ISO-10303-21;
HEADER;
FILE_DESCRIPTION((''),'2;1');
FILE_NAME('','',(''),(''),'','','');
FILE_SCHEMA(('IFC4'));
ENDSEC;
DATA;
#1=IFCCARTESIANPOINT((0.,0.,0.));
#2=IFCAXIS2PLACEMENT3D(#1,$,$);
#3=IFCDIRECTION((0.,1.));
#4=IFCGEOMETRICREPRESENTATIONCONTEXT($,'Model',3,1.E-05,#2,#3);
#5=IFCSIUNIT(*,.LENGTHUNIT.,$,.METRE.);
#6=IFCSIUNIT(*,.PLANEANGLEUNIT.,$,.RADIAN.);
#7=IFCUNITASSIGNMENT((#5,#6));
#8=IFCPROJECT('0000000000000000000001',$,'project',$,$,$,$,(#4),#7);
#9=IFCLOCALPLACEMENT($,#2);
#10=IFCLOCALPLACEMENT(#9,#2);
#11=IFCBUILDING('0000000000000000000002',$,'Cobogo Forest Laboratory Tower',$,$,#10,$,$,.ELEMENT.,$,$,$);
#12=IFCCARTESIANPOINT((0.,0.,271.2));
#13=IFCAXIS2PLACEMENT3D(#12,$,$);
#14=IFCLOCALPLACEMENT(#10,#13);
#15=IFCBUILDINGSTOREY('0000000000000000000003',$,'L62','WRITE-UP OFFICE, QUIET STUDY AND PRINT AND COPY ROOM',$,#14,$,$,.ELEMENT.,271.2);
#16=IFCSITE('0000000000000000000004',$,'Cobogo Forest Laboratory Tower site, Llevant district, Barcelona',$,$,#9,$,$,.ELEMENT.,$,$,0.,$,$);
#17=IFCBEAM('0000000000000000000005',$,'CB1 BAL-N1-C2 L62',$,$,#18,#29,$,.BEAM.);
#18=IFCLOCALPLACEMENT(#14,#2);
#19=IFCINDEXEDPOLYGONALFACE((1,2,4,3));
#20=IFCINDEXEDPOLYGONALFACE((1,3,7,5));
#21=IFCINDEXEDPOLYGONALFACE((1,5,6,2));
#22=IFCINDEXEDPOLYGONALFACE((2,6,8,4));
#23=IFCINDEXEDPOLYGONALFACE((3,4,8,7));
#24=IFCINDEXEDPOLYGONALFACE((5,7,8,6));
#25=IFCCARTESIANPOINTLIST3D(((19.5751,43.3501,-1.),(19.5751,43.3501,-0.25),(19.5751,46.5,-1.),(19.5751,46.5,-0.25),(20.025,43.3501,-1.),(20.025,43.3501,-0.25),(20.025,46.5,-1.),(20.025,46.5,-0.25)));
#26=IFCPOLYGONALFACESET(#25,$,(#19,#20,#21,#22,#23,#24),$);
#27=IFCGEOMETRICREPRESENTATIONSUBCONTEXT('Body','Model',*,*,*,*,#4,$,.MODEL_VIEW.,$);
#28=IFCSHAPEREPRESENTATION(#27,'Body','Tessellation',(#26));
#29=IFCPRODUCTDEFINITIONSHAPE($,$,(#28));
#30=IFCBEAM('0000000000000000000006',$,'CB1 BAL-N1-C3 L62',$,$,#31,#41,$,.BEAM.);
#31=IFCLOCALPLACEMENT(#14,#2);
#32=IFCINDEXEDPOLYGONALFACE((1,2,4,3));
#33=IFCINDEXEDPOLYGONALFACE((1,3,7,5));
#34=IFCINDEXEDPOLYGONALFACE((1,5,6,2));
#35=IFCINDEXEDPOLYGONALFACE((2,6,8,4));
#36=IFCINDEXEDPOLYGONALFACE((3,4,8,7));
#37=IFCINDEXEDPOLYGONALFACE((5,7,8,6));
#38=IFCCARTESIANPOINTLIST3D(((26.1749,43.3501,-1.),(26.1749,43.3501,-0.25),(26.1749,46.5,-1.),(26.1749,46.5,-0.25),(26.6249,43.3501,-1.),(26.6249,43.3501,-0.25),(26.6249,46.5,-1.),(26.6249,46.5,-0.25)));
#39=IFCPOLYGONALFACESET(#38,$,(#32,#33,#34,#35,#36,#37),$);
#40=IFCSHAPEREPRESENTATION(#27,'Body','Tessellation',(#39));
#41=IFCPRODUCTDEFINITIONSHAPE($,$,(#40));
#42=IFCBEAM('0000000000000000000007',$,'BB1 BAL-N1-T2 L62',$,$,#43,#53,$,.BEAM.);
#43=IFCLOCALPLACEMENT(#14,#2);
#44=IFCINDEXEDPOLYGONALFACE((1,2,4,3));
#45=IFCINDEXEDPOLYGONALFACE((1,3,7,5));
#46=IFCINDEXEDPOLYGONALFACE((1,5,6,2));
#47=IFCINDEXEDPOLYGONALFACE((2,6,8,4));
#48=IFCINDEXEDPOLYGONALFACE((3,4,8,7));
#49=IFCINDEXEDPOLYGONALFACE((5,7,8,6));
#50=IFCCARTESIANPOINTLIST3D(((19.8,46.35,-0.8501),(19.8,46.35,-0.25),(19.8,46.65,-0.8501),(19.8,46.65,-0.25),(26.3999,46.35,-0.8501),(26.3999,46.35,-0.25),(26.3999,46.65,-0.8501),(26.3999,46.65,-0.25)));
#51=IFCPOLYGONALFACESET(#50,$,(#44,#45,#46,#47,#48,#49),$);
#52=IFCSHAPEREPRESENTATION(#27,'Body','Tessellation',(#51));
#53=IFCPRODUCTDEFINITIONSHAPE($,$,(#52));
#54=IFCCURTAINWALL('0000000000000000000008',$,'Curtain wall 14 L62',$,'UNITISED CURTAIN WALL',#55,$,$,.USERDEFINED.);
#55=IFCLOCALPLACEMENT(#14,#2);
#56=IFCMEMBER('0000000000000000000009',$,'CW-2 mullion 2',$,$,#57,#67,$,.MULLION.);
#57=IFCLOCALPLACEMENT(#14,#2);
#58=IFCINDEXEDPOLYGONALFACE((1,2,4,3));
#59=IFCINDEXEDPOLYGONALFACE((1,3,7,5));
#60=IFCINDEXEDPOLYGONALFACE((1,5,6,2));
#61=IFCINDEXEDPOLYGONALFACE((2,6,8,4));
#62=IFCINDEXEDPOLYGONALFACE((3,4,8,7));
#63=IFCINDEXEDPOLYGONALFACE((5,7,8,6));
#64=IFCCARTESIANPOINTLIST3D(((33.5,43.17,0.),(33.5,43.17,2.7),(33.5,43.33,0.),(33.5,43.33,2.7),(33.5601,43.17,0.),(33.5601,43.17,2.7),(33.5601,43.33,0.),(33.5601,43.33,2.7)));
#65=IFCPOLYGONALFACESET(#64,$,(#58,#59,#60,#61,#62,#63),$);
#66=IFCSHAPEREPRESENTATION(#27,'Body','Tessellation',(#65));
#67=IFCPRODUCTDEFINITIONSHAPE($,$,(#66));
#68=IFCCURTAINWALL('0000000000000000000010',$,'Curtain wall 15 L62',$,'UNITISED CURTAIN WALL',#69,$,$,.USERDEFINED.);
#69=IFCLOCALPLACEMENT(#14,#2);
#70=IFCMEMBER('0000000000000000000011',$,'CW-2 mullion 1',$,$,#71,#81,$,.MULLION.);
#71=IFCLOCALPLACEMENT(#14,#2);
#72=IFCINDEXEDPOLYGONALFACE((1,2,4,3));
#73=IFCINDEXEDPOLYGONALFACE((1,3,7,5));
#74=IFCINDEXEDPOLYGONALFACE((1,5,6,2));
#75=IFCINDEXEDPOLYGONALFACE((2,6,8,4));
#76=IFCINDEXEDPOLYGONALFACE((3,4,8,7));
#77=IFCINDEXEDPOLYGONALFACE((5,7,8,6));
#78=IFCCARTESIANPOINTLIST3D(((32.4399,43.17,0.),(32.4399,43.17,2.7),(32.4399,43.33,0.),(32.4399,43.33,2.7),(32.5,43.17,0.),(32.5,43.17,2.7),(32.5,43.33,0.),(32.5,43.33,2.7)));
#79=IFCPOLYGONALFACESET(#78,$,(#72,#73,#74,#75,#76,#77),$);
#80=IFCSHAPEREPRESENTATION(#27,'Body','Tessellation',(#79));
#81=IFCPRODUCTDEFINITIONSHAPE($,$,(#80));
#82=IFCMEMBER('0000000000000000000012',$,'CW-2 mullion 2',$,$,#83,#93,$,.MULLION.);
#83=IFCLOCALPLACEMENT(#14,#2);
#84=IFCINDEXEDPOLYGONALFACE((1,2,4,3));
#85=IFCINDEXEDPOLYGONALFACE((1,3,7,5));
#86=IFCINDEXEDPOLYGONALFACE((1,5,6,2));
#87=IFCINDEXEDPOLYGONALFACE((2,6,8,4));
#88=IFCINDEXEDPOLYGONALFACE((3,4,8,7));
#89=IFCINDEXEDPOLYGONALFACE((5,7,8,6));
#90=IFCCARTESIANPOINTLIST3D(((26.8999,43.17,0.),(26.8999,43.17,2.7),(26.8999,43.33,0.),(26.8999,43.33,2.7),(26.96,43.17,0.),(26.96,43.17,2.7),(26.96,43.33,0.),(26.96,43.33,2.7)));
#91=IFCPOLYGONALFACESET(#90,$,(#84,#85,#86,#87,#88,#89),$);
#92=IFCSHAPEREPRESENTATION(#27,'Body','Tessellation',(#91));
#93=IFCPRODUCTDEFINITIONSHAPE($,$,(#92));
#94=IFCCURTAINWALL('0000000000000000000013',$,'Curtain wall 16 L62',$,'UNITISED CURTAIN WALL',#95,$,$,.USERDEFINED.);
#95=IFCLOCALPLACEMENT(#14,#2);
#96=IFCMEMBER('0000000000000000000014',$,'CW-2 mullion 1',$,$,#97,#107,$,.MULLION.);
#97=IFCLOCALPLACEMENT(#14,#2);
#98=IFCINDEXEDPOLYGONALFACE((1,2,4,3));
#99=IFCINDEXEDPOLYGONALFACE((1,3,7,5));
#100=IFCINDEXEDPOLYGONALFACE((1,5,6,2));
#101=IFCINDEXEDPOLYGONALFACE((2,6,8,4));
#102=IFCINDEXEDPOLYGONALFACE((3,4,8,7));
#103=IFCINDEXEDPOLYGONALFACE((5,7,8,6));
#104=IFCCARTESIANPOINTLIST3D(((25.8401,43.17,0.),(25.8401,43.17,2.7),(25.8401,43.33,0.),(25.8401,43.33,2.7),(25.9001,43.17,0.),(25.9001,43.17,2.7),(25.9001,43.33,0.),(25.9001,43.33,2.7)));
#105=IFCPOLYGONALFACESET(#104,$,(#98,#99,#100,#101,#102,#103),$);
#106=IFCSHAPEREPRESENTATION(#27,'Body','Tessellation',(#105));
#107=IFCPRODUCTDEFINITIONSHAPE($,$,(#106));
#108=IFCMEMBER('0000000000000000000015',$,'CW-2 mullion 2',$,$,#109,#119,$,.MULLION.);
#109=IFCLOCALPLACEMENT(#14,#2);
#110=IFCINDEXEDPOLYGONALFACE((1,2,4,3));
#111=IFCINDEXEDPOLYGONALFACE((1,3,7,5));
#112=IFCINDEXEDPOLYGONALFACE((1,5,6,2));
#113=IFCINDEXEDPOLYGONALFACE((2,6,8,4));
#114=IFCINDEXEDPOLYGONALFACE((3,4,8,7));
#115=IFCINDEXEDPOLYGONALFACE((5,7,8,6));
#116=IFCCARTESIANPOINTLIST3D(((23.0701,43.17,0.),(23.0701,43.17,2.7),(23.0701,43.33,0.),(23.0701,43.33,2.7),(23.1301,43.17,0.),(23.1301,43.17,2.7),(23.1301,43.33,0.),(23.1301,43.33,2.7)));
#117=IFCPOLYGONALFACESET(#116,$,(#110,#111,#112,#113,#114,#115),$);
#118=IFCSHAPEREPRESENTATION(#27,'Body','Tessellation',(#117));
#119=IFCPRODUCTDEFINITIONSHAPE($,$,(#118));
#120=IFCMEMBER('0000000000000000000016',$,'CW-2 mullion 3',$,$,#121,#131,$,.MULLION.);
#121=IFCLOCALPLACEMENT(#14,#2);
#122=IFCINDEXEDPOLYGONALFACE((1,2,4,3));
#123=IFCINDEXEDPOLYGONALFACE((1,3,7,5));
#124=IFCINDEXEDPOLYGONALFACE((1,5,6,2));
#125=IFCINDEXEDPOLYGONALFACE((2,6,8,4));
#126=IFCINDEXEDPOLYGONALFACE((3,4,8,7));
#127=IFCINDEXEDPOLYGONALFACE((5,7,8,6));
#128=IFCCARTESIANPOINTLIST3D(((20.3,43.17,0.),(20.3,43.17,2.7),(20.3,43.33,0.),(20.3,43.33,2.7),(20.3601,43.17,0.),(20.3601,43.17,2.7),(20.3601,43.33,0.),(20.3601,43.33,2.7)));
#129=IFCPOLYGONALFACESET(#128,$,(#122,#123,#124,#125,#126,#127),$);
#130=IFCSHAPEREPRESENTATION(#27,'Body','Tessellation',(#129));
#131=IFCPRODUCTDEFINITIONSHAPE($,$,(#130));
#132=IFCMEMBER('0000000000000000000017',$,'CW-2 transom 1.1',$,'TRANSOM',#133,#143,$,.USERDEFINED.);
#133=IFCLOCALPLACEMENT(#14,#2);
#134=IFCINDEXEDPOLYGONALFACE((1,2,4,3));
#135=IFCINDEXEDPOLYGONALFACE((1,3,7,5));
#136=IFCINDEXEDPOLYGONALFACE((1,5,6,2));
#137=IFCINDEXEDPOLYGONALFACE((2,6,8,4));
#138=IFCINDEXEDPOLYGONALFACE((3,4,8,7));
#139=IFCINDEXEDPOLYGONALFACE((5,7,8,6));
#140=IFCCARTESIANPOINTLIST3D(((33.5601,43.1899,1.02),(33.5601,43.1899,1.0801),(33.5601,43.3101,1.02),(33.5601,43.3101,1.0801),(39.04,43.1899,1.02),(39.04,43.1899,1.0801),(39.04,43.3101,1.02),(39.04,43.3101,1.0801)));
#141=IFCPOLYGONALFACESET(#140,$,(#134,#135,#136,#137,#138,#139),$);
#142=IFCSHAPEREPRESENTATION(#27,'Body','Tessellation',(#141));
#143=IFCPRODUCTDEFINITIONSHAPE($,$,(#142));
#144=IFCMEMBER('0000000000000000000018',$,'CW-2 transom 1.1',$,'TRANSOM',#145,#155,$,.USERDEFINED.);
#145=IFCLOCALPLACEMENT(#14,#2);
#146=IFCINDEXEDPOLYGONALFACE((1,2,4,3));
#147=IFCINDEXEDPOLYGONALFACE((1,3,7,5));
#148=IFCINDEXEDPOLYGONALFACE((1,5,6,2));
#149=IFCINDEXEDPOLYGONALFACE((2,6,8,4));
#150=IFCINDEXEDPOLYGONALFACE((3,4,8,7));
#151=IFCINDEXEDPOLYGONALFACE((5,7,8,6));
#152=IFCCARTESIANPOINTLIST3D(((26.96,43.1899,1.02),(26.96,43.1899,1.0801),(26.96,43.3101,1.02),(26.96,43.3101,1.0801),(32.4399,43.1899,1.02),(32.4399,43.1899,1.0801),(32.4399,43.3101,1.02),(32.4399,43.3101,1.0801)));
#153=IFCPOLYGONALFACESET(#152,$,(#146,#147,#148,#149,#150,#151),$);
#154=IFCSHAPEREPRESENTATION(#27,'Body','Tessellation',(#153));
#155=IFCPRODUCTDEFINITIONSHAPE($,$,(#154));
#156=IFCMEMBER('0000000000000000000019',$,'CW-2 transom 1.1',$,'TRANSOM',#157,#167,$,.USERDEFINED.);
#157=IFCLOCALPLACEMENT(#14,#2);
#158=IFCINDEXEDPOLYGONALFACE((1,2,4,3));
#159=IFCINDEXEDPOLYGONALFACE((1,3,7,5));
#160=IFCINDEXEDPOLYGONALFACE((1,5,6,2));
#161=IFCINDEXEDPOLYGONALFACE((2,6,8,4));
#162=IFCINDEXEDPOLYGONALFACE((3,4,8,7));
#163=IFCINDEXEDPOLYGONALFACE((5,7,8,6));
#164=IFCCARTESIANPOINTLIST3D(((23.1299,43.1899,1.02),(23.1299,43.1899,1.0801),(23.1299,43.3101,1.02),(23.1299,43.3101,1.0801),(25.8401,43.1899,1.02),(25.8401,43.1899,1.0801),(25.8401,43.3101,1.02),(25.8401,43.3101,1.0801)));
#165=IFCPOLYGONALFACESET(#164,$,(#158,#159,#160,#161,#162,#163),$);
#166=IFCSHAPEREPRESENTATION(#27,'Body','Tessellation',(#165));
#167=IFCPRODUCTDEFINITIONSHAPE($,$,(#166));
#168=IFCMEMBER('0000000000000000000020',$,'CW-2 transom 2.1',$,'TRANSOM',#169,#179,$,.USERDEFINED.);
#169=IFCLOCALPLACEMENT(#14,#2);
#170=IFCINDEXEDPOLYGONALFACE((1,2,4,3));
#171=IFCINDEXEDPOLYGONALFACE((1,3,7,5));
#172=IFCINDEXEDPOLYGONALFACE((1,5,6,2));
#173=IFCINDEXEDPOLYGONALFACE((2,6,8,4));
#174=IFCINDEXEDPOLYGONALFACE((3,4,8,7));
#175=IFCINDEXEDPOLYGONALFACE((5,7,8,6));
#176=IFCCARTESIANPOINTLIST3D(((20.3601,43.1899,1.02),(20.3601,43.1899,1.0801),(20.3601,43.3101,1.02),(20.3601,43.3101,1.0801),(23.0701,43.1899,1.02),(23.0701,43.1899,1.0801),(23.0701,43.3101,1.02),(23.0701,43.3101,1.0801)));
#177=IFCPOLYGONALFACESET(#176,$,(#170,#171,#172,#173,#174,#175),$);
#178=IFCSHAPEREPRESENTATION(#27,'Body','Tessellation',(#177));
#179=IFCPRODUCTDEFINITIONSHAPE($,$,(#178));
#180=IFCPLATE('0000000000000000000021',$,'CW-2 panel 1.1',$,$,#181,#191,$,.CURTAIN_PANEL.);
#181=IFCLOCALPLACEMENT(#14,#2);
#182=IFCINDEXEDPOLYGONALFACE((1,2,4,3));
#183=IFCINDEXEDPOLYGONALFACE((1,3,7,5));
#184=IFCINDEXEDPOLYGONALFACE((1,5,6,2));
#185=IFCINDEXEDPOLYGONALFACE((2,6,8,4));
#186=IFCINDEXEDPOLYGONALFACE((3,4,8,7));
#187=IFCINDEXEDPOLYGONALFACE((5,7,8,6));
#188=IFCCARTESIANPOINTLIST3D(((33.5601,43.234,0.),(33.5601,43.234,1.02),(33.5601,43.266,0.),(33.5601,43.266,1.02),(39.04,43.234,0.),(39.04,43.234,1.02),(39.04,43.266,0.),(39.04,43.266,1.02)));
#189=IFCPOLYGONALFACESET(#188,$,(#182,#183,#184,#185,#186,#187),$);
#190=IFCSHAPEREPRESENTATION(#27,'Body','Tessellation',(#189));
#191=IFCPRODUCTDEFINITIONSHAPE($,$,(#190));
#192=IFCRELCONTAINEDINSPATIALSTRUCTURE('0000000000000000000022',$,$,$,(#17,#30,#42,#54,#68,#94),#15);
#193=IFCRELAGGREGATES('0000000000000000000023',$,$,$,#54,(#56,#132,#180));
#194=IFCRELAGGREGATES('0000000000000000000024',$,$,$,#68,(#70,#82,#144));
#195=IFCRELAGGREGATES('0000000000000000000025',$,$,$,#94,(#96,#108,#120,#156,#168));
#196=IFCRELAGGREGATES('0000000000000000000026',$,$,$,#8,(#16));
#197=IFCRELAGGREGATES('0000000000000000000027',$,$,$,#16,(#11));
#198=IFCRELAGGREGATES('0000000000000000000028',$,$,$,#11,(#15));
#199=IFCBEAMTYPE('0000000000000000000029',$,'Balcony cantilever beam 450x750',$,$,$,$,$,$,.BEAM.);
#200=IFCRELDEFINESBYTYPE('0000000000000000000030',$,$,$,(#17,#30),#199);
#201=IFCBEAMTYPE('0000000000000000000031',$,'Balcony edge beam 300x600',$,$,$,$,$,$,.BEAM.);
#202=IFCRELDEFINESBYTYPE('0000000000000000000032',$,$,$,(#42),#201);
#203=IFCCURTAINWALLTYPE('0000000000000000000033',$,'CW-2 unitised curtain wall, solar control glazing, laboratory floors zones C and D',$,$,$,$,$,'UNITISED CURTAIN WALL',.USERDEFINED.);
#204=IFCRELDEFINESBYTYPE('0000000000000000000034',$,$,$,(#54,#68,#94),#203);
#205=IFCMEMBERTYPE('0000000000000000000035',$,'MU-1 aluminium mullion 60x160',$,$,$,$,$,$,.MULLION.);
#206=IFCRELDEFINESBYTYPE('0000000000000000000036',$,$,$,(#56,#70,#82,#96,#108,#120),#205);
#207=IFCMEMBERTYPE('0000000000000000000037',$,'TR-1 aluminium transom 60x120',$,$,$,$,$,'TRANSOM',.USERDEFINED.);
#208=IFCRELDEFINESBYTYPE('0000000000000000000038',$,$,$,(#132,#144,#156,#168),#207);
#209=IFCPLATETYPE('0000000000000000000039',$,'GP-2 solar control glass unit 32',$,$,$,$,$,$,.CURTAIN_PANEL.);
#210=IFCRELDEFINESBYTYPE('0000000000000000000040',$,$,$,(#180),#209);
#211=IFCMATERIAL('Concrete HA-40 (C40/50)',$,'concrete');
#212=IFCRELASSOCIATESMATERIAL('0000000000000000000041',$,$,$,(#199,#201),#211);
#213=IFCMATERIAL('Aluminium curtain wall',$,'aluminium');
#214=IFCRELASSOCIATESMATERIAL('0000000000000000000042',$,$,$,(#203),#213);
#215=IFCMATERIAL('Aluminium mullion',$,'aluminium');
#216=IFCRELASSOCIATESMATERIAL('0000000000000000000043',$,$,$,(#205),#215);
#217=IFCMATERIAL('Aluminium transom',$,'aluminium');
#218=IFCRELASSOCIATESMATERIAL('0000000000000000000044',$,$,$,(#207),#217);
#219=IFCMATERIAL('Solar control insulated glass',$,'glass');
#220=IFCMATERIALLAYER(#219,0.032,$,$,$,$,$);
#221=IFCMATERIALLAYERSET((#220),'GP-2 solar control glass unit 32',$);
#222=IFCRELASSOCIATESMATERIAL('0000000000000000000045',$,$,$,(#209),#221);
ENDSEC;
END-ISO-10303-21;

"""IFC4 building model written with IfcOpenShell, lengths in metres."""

from ifc_helpers import new_model, si_unit, direction, frame, origin, origin_2d, place, context, subcontext, project, spatial, rectangle, extrude, material, layer, layer_set, material_profile, profile_set, type_object, element, aggregate, save


model = new_model("IFC4")

# Units and contexts
model_context = context("Model", 3, precision=1e-05, world=origin(), true_north=direction((0.0, 1.0)))
body_context = subcontext(model_context, "Body", "Model", "MODEL_VIEW")
ifc_project = project(units=[si_unit("LENGTHUNIT", "METRE"), si_unit("PLANEANGLEUNIT", "RADIAN")], contexts=[model_context])

# Site, building, storey
site_placement = place(None, origin())
site = spatial("IfcSite", under=ifc_project, at=site_placement, Name="Cobogo Forest Laboratory Tower site, Llevant district, Barcelona", CompositionType="ELEMENT", RefElevation=0.0)
building_placement = place(site_placement, origin())
building = spatial("IfcBuilding", under=site, at=building_placement, Name="Cobogo Forest Laboratory Tower", CompositionType="ELEMENT")
storey_placement = place(building_placement, frame((0.0, 0.0, 271.2)))
storey = spatial("IfcBuildingStorey", under=building, at=storey_placement, Name="L62", Description="WRITE-UP OFFICE, QUIET STUDY AND PRINT AND COPY ROOM", CompositionType="ELEMENT", Elevation=271.2)

# Beams
ifc_material_1 = material(Name="Concrete HA-40 (C40/50)", Category="concrete")
ifc_material_profile_1 = material_profile(ifc_material_1, rectangle(XDim=0.45, YDim=0.75, at=origin_2d()), Name="RC 450x750")
ifc_profile_set_1 = profile_set([ifc_material_profile_1], Name="Concrete HA-40 (C40/50)")
beam_type_1 = type_object("IfcBeamType", Name="Balcony cantilever beam 450x750", PredefinedType="BEAM", material=ifc_profile_set_1)
for number, where, z_axis, x_axis, name in (
    (1, (19.8, 43.3501, -0.625), (0.0, 1.0, 0.0), (-1.0, 0.0, 0.0), "CB1 BAL-N1-C2 L62"),
    (2, (26.3999, 43.3501, -0.625), (0.0, 1.0, 0.0), (-1.0, 0.0, 0.0), "CB1 BAL-N1-C3 L62"),
):
    element("IfcBeam", number, at=place(storey_placement, frame(where, z_axis=z_axis, x_axis=x_axis)), inside=storey, type_object=beam_type_1, Name=name, PredefinedType="BEAM", context=body_context, shape_type="SweptSolid", body=[
        extrude(rectangle(XDim=0.45, YDim=0.75, at=origin_2d()), origin(), (0.0, 0.0, 1.0), 3.1499),
    ])
ifc_material_profile_2 = material_profile(ifc_material_1, rectangle(XDim=0.3, YDim=0.6001, at=origin_2d()), Name="RC 300x600")
ifc_profile_set_2 = profile_set([ifc_material_profile_2], Name="Concrete HA-40 (C40/50)")
beam_type_2 = type_object("IfcBeamType", Name="Balcony edge beam 300x600", PredefinedType="BEAM", material=ifc_profile_set_2)
beam_placement = place(storey_placement, frame((19.8, 46.5, -0.55), z_axis=(1.0, 0.0, 0.0), x_axis=(0.0, 1.0, 0.0)))
element("IfcBeam", 3, at=beam_placement, inside=storey, type_object=beam_type_2, Name="BB1 BAL-N1-T2 L62", PredefinedType="BEAM", context=body_context, shape_type="SweptSolid", body=[
    extrude(rectangle(XDim=0.3, YDim=0.6001, at=origin_2d()), origin(), (0.0, 0.0, 1.0), 6.5999),
])

# Curtain wall, member
ifc_material_2 = material(Name="Aluminium curtain wall", Category="aluminium")
curtain_wall_type = type_object("IfcCurtainWallType", Name="CW-2 unitised curtain wall, solar control glazing, laboratory floors zones C and D", ElementType="UNITISED CURTAIN WALL", PredefinedType="USERDEFINED", material=ifc_material_2)
curtain_wall_1_placement = place(storey_placement, origin())
curtain_wall_1 = element("IfcCurtainWall", 4, at=curtain_wall_1_placement, inside=storey, type_object=curtain_wall_type, Name="Curtain wall 14 L62", ObjectType="UNITISED CURTAIN WALL", PredefinedType="USERDEFINED")
ifc_material_3 = material(Name="Aluminium mullion", Category="aluminium")
ifc_material_profile_3 = material_profile(ifc_material_3, rectangle(XDim=0.0601, YDim=0.1599, at=origin_2d()), Name="AL 60x160")
ifc_profile_set_3 = profile_set([ifc_material_profile_3], Name="Aluminium mullion")
member_type_1 = type_object("IfcMemberType", Name="MU-1 aluminium mullion 60x160", PredefinedType="MULLION", material=ifc_profile_set_3)
member_1_placement = place(storey_placement, frame((33.53, 43.25, 0.0), z_axis=(0.0, 0.0, 1.0), x_axis=(-1.0, 0.0, 0.0)))
member_1 = element("IfcMember", 5, at=member_1_placement, type_object=member_type_1, Name="CW-2 mullion 2", PredefinedType="MULLION", context=body_context, shape_type="SweptSolid", body=[
    extrude(rectangle(XDim=0.0601, YDim=0.1599, at=origin_2d()), origin(), (0.0, 0.0, 1.0), 2.7),
])

# Curtain walls, members
curtain_wall_2_placement = place(storey_placement, origin())
curtain_wall_2 = element("IfcCurtainWall", 6, at=curtain_wall_2_placement, inside=storey, type_object=curtain_wall_type, Name="Curtain wall 15 L62", ObjectType="UNITISED CURTAIN WALL", PredefinedType="USERDEFINED")
member_2_placement = place(storey_placement, frame((32.47, 43.25, 0.0), z_axis=(0.0, 0.0, 1.0), x_axis=(-1.0, 0.0, 0.0)))
member_2 = element("IfcMember", 7, at=member_2_placement, type_object=member_type_1, Name="CW-2 mullion 1", PredefinedType="MULLION", context=body_context, shape_type="SweptSolid", body=[
    extrude(rectangle(XDim=0.0601, YDim=0.1599, at=origin_2d()), origin(), (0.0, 0.0, 1.0), 2.7),
])
member_3_placement = place(storey_placement, frame((26.9299, 43.25, 0.0), z_axis=(0.0, 0.0, 1.0), x_axis=(-1.0, 0.0, 0.0)))
member_3 = element("IfcMember", 8, at=member_3_placement, type_object=member_type_1, Name="CW-2 mullion 2", PredefinedType="MULLION", context=body_context, shape_type="SweptSolid", body=[
    extrude(rectangle(XDim=0.0601, YDim=0.1599, at=origin_2d()), origin(), (0.0, 0.0, 1.0), 2.7),
])
curtain_wall_3_placement = place(storey_placement, origin())
curtain_wall_3 = element("IfcCurtainWall", 9, at=curtain_wall_3_placement, inside=storey, type_object=curtain_wall_type, Name="Curtain wall 16 L62", ObjectType="UNITISED CURTAIN WALL", PredefinedType="USERDEFINED")
member_4_placement = place(storey_placement, frame((25.8701, 43.25, 0.0), z_axis=(0.0, 0.0, 1.0), x_axis=(-1.0, 0.0, 0.0)))
member_4 = element("IfcMember", 10, at=member_4_placement, type_object=member_type_1, Name="CW-2 mullion 1", PredefinedType="MULLION", context=body_context, shape_type="SweptSolid", body=[
    extrude(rectangle(XDim=0.0601, YDim=0.1599, at=origin_2d()), origin(), (0.0, 0.0, 1.0), 2.7),
])
member_5_placement = place(storey_placement, frame((23.1001, 43.25, 0.0), z_axis=(0.0, 0.0, 1.0), x_axis=(-1.0, 0.0, 0.0)))
member_5 = element("IfcMember", 11, at=member_5_placement, type_object=member_type_1, Name="CW-2 mullion 2", PredefinedType="MULLION", context=body_context, shape_type="SweptSolid", body=[
    extrude(rectangle(XDim=0.0601, YDim=0.1599, at=origin_2d()), origin(), (0.0, 0.0, 1.0), 2.7),
])
member_6_placement = place(storey_placement, frame((20.3301, 43.25, 0.0), z_axis=(0.0, 0.0, 1.0), x_axis=(-1.0, 0.0, 0.0)))
member_6 = element("IfcMember", 12, at=member_6_placement, type_object=member_type_1, Name="CW-2 mullion 3", PredefinedType="MULLION", context=body_context, shape_type="SweptSolid", body=[
    extrude(rectangle(XDim=0.0601, YDim=0.1599, at=origin_2d()), origin(), (0.0, 0.0, 1.0), 2.7),
])

# Members
ifc_material_4 = material(Name="Aluminium transom", Category="aluminium")
ifc_material_profile_4 = material_profile(ifc_material_4, rectangle(XDim=0.1201, YDim=0.0601, at=origin_2d()), Name="AL 60x120")
ifc_profile_set_4 = profile_set([ifc_material_profile_4], Name="Aluminium transom")
member_type_2 = type_object("IfcMemberType", Name="TR-1 aluminium transom 60x120", ElementType="TRANSOM", PredefinedType="USERDEFINED", material=ifc_profile_set_4)
member_7_placement = place(storey_placement, frame((39.04, 43.25, 1.05), z_axis=(-1.0, 0.0, 0.0), x_axis=(0.0, -1.0, 0.0)))
member_7 = element("IfcMember", 13, at=member_7_placement, type_object=member_type_2, Name="CW-2 transom 1.1", ObjectType="TRANSOM", PredefinedType="USERDEFINED", context=body_context, shape_type="SweptSolid", body=[
    extrude(rectangle(XDim=0.1201, YDim=0.0601, at=origin_2d()), origin(), (0.0, 0.0, 1.0), 5.48),
])
member_8_placement = place(storey_placement, frame((32.4399, 43.25, 1.05), z_axis=(-1.0, 0.0, 0.0), x_axis=(0.0, -1.0, 0.0)))
member_8 = element("IfcMember", 14, at=member_8_placement, type_object=member_type_2, Name="CW-2 transom 1.1", ObjectType="TRANSOM", PredefinedType="USERDEFINED", context=body_context, shape_type="SweptSolid", body=[
    extrude(rectangle(XDim=0.1201, YDim=0.0601, at=origin_2d()), origin(), (0.0, 0.0, 1.0), 5.48),
])
member_9_placement = place(storey_placement, frame((25.8401, 43.25, 1.05), z_axis=(-1.0, 0.0, 0.0), x_axis=(0.0, -1.0, 0.0)))
member_9 = element("IfcMember", 15, at=member_9_placement, type_object=member_type_2, Name="CW-2 transom 1.1", ObjectType="TRANSOM", PredefinedType="USERDEFINED", context=body_context, shape_type="SweptSolid", body=[
    extrude(rectangle(XDim=0.1201, YDim=0.0601, at=origin_2d()), origin(), (0.0, 0.0, 1.0), 2.7102),
])
member_10_placement = place(storey_placement, frame((23.0701, 43.25, 1.05), z_axis=(-1.0, 0.0, 0.0), x_axis=(0.0, -1.0, 0.0)))
member_10 = element("IfcMember", 16, at=member_10_placement, type_object=member_type_2, Name="CW-2 transom 2.1", ObjectType="TRANSOM", PredefinedType="USERDEFINED", context=body_context, shape_type="SweptSolid", body=[
    extrude(rectangle(XDim=0.1201, YDim=0.0601, at=origin_2d()), origin(), (0.0, 0.0, 1.0), 2.71),
])

# Plate
ifc_material_5 = material(Name="Solar control insulated glass", Category="glass")
ifc_layer_1 = layer(ifc_material_5, 0.032)
ifc_layer_set_1 = layer_set([ifc_layer_1], Name="GP-2 solar control glass unit 32")
plate_type_1 = type_object("IfcPlateType", Name="GP-2 solar control glass unit 32", PredefinedType="CURTAIN_PANEL", material=ifc_layer_set_1)
plate_1_placement = place(storey_placement, frame((36.3, 43.25, 0.0), z_axis=(0.0, 0.0, 1.0), x_axis=(-1.0, 0.0, 0.0)))
plate_1 = element("IfcPlate", 17, at=plate_1_placement, type_object=plate_type_1, Name="CW-2 panel 1.1", PredefinedType="CURTAIN_PANEL", context=body_context, shape_type="SweptSolid", body=[
    extrude(rectangle(XDim=5.48, YDim=0.032, at=origin_2d()), origin(), (0.0, 0.0, 1.0), 1.02),
])
aggregate(curtain_wall_1, [member_1, member_7, plate_1])
aggregate(curtain_wall_2, [member_2, member_3, member_8])
aggregate(curtain_wall_3, [member_4, member_5, member_6, member_9, member_10])

save(model, "model.ifc")
